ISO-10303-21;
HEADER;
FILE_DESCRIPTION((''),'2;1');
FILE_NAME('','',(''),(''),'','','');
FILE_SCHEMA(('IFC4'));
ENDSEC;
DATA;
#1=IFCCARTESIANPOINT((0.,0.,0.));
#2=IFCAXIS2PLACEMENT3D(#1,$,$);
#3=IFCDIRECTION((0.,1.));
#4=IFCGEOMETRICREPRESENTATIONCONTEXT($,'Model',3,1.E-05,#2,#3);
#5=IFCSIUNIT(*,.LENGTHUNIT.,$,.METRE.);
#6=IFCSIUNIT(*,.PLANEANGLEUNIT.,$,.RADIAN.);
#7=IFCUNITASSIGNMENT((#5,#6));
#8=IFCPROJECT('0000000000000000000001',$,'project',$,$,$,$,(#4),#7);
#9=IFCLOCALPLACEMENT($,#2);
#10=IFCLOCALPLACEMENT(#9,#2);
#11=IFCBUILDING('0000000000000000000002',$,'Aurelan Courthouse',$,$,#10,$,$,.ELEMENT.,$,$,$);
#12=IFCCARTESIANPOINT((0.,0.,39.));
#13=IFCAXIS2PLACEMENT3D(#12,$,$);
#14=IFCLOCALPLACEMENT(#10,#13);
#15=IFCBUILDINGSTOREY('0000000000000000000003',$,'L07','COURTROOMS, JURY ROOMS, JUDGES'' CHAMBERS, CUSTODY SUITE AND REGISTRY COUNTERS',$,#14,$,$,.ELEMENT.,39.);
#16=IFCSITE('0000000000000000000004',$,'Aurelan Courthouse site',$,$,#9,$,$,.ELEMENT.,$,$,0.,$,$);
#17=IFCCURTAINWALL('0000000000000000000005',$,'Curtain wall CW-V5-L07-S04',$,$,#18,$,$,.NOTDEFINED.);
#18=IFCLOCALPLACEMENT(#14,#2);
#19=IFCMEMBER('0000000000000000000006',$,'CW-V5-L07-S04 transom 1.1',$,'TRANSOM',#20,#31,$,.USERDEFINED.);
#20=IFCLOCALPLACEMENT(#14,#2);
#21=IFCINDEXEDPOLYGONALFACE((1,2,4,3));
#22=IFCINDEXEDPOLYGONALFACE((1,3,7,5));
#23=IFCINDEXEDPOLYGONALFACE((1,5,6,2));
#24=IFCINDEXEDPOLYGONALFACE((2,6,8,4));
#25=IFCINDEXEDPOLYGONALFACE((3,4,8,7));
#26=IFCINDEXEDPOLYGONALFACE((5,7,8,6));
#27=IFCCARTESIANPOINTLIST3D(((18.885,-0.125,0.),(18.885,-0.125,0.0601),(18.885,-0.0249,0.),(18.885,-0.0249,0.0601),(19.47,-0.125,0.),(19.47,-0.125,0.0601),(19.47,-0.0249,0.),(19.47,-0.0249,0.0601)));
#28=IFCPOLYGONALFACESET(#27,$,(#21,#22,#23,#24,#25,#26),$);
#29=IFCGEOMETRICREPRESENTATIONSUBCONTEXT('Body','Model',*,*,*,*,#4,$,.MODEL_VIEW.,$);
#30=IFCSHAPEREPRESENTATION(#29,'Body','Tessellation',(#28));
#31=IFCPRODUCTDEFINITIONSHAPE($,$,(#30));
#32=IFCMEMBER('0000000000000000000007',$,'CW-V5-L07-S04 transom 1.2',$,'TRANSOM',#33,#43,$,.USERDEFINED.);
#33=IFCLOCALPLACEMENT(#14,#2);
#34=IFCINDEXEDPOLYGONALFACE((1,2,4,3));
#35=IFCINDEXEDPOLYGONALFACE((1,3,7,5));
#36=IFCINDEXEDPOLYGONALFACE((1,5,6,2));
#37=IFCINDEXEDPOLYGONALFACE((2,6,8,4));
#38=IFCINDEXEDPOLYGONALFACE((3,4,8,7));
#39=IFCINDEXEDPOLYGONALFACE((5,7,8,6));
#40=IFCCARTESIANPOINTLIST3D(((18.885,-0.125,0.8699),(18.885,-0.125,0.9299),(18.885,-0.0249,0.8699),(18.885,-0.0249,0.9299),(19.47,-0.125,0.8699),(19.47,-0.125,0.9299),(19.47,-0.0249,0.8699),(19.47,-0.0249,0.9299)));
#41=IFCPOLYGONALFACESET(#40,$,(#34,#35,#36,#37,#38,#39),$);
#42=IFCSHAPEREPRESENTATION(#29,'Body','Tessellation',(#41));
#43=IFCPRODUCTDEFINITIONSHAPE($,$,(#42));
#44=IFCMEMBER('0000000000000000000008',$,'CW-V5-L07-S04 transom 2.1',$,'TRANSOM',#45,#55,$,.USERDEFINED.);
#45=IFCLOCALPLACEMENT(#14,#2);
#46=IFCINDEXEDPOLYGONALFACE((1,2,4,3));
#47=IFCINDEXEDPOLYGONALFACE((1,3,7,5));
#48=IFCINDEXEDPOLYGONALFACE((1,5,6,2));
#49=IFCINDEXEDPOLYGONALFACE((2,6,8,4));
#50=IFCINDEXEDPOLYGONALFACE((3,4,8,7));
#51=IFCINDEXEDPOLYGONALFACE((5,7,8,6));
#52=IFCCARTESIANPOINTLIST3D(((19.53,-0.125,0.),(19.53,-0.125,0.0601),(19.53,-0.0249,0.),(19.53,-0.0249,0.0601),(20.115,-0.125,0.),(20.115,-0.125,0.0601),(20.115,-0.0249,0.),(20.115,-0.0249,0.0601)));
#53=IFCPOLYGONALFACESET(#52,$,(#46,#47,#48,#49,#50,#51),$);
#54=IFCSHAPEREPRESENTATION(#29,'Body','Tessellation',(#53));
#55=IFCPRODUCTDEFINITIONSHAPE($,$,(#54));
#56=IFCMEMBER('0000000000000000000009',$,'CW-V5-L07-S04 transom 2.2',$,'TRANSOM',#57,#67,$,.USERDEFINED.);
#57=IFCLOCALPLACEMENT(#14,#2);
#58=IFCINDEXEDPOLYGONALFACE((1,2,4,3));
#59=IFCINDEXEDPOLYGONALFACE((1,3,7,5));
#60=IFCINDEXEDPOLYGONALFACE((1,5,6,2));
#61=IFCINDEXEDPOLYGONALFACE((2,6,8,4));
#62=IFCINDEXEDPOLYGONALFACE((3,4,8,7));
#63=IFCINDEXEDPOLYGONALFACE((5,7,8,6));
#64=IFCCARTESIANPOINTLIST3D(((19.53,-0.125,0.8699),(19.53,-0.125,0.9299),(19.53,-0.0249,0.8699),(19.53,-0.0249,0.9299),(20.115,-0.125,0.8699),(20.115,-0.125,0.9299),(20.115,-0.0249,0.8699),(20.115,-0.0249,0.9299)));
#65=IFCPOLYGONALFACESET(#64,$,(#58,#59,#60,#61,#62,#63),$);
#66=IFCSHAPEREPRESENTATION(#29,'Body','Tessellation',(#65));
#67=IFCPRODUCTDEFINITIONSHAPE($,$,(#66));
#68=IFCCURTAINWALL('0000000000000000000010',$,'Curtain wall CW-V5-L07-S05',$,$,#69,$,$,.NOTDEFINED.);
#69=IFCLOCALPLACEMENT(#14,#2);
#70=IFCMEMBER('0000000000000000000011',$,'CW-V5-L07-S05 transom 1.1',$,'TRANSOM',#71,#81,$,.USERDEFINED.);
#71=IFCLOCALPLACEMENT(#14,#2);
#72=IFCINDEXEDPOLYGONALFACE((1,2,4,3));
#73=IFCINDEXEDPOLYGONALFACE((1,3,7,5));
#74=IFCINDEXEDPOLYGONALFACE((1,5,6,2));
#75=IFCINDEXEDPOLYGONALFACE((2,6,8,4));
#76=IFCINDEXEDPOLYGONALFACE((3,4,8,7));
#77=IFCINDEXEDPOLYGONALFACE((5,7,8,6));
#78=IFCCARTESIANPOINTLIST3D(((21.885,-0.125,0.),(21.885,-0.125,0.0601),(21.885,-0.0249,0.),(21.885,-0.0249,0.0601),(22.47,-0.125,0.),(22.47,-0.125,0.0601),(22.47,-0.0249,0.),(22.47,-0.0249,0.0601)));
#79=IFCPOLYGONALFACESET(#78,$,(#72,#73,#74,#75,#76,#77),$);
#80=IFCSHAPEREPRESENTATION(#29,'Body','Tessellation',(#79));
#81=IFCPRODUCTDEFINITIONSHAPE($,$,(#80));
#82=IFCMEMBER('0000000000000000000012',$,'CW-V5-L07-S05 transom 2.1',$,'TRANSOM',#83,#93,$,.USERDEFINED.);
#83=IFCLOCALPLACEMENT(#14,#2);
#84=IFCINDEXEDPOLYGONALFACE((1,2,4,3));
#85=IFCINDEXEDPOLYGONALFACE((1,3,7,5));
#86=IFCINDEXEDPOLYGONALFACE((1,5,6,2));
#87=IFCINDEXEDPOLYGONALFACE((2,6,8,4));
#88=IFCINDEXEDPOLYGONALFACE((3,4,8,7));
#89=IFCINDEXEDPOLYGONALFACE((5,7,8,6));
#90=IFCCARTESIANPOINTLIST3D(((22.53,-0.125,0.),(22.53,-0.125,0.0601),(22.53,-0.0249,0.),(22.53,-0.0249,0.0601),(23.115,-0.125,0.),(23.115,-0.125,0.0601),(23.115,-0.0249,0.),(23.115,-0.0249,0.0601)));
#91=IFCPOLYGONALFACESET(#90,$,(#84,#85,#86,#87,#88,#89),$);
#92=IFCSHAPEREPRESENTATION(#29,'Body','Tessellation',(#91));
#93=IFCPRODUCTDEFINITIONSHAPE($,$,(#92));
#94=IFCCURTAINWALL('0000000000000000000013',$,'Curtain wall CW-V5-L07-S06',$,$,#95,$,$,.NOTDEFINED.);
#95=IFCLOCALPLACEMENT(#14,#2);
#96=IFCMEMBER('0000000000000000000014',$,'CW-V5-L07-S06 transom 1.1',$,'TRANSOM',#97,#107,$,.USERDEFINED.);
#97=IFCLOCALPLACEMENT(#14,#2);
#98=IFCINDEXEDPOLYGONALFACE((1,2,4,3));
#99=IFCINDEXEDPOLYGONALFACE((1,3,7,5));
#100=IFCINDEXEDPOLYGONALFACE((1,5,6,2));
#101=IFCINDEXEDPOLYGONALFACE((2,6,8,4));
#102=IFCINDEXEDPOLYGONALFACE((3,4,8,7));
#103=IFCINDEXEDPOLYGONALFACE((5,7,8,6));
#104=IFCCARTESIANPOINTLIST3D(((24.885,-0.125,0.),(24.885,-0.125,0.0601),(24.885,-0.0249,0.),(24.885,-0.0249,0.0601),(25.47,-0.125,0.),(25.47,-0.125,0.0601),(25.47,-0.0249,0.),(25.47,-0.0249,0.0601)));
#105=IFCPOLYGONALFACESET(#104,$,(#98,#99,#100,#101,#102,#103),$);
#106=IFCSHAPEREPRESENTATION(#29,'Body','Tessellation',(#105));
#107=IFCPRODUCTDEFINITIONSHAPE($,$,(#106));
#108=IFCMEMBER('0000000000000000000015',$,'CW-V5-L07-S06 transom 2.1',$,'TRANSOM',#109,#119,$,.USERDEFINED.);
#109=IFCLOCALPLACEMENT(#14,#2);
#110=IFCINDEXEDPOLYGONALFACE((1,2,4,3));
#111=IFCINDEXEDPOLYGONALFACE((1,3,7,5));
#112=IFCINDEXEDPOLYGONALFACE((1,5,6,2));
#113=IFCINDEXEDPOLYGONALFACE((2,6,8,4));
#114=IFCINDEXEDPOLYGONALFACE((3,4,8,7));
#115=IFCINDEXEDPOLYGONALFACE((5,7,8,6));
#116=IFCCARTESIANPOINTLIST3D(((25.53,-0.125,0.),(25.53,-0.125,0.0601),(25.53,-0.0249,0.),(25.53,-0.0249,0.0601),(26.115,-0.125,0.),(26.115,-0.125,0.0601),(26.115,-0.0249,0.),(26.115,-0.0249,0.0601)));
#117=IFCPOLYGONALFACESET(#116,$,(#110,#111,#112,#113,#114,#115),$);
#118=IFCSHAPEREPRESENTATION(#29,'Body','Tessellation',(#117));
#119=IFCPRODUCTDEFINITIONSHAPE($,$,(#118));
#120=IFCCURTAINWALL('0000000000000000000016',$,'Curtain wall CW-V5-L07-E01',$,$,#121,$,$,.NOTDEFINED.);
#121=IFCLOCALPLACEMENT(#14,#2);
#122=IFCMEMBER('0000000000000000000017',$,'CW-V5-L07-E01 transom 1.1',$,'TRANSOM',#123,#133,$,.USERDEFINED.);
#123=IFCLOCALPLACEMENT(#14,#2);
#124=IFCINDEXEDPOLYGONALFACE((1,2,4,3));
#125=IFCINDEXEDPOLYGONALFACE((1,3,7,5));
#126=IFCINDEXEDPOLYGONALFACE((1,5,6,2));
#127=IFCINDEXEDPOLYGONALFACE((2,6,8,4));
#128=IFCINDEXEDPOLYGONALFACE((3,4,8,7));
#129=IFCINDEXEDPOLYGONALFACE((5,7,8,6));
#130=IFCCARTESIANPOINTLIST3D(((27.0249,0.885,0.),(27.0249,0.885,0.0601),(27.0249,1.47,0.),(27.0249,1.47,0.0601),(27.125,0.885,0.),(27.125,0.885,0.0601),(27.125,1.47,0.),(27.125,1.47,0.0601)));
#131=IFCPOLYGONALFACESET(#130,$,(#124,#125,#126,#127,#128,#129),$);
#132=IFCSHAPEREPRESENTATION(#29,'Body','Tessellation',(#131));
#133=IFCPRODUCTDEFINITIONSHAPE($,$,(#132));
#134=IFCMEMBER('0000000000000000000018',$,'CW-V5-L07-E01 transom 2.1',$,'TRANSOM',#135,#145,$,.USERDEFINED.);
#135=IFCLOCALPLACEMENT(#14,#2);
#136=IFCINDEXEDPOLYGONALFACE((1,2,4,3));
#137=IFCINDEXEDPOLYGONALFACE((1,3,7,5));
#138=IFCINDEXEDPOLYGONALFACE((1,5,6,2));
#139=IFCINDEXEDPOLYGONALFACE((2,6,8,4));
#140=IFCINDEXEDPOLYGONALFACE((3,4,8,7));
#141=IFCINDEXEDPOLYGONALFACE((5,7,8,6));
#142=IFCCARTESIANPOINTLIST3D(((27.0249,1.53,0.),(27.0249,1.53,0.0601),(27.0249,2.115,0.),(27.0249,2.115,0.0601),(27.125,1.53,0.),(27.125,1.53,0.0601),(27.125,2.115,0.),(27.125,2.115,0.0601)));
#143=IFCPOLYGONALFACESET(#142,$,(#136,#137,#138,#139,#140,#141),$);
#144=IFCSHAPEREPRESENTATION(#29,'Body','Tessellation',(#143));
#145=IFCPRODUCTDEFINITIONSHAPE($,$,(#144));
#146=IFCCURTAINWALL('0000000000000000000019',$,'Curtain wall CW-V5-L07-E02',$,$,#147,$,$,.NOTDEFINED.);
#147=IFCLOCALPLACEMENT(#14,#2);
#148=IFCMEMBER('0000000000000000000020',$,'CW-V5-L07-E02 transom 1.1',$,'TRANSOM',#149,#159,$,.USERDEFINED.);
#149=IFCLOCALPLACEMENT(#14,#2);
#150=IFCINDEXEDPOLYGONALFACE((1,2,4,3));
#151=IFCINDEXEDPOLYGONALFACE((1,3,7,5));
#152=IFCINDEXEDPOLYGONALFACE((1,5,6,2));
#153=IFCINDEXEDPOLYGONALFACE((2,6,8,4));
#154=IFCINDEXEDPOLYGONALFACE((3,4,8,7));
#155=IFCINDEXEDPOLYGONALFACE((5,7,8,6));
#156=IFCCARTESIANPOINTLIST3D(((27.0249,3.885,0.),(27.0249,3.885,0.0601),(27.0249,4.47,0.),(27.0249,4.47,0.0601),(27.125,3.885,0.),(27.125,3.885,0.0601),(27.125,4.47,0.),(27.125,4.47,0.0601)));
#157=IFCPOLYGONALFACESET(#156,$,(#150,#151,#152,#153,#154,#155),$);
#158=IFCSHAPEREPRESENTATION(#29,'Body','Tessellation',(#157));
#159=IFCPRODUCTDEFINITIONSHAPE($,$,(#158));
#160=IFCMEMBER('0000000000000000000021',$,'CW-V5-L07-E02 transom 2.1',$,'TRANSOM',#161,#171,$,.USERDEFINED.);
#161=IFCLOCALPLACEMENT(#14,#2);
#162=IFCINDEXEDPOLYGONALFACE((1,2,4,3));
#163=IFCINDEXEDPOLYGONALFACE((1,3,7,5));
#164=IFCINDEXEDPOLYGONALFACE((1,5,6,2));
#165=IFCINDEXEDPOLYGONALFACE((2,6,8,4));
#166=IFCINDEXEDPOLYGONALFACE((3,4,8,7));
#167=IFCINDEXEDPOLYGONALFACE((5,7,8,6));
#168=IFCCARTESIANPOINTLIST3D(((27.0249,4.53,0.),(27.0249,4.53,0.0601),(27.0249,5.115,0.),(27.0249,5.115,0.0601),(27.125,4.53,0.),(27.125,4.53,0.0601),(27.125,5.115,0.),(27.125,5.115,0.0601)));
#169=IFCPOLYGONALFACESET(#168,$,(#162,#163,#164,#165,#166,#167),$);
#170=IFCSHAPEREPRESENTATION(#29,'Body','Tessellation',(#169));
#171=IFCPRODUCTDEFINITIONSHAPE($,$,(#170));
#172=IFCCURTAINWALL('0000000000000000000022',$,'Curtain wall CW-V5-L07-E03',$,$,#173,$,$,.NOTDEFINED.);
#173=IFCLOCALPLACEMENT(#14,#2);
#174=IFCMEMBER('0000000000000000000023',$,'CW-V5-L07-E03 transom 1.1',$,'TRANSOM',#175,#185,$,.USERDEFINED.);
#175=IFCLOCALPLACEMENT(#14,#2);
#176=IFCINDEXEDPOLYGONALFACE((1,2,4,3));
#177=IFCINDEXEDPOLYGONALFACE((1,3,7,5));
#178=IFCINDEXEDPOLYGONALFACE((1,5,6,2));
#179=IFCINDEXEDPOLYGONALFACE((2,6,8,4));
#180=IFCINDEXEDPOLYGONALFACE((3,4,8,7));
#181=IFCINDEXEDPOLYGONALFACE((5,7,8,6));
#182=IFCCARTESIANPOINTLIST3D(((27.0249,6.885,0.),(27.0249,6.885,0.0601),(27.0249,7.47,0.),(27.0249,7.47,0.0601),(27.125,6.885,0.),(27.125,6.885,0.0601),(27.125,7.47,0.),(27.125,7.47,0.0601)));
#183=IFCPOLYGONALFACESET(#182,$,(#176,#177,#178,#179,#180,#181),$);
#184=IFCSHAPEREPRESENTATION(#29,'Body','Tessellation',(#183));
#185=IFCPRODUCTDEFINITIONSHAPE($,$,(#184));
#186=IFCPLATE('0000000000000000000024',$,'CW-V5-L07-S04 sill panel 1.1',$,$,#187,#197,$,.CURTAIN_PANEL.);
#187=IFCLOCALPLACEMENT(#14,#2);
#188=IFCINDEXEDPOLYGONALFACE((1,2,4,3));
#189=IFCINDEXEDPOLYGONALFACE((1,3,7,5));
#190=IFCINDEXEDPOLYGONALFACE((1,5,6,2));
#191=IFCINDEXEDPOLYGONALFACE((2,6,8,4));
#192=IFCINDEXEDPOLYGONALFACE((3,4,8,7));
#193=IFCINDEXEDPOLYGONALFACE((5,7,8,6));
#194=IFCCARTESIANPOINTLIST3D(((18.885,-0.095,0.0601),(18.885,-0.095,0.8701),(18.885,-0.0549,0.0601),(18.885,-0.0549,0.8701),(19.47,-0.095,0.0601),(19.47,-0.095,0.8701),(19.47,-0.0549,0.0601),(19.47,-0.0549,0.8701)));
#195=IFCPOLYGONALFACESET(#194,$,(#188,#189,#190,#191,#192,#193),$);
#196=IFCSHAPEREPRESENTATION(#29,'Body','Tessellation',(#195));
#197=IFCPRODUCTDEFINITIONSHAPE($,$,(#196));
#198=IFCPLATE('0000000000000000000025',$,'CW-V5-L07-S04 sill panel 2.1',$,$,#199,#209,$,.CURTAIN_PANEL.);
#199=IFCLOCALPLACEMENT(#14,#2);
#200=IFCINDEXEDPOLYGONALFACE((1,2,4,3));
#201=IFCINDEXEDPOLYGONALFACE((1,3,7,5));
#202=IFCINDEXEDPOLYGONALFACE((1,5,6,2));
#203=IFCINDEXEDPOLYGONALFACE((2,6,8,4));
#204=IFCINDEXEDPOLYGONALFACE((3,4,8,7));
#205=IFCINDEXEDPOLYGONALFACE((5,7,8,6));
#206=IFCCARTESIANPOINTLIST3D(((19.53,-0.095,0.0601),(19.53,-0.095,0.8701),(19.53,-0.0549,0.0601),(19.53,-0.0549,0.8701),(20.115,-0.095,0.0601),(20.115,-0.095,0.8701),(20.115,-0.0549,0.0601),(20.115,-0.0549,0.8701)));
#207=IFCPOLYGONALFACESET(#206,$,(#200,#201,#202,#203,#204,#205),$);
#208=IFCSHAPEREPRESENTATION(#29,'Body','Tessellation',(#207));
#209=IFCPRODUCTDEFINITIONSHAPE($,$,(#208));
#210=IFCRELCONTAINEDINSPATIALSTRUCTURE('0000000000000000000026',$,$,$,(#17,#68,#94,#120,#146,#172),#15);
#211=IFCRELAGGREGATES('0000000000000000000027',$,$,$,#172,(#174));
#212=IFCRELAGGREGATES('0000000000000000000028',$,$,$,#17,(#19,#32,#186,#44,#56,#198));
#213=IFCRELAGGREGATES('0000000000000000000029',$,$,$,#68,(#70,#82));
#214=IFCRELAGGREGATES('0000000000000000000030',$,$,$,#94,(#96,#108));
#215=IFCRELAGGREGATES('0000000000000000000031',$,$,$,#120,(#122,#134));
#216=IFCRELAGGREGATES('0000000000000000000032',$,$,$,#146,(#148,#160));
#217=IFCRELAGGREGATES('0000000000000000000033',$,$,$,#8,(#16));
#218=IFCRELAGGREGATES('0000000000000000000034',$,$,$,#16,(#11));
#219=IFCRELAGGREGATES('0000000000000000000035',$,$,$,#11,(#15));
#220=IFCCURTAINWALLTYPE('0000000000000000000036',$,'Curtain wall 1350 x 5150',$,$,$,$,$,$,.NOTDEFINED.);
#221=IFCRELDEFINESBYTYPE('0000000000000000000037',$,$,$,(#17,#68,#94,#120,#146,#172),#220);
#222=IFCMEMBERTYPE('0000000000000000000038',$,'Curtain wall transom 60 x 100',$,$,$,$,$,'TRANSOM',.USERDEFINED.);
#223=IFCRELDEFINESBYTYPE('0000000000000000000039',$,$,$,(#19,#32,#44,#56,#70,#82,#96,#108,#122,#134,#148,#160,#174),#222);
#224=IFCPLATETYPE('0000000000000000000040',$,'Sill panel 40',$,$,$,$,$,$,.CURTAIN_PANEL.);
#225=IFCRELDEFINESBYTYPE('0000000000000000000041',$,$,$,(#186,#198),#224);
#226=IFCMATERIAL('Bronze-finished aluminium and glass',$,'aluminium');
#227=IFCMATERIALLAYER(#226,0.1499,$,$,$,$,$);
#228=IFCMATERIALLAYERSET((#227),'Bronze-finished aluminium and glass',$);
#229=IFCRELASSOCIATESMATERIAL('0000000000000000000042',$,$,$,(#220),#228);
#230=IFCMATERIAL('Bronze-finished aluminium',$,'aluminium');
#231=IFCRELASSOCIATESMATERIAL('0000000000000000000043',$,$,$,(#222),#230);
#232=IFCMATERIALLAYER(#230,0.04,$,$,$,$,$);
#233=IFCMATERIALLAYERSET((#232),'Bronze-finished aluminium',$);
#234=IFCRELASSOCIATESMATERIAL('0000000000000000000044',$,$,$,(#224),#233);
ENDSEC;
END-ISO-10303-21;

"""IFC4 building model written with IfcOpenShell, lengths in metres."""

from ifc_helpers import new_model, si_unit, direction, frame, origin, origin_2d, place, context, subcontext, project, spatial, rectangle, extrude, material, layer, layer_set, material_profile, profile_set, type_object, element, aggregate, save


model = new_model("IFC4")

# Units and contexts
model_context = context("Model", 3, precision=1e-05, world=origin(), true_north=direction((0.0, 1.0)))
body_context = subcontext(model_context, "Body", "Model", "MODEL_VIEW")
ifc_project = project(units=[si_unit("LENGTHUNIT", "METRE"), si_unit("PLANEANGLEUNIT", "RADIAN")], contexts=[model_context])

# Site, building, storey
site_placement = place(None, origin())
site = spatial("IfcSite", under=ifc_project, at=site_placement, Name="Aurelan Courthouse site", CompositionType="ELEMENT", RefElevation=0.0)
building_placement = place(site_placement, origin())
building = spatial("IfcBuilding", under=site, at=building_placement, Name="Aurelan Courthouse", CompositionType="ELEMENT")
storey_placement = place(building_placement, frame((0.0, 0.0, 39.0)))
storey = spatial("IfcBuildingStorey", under=building, at=storey_placement, Name="L07", Description="COURTROOMS, JURY ROOMS, JUDGES' CHAMBERS, CUSTODY SUITE AND REGISTRY COUNTERS", CompositionType="ELEMENT", Elevation=39.0)

# Curtain walls, members
ifc_material_1 = material(Name="Bronze-finished aluminium and glass", Category="aluminium")
ifc_layer_1 = layer(ifc_material_1, 0.1499)
ifc_layer_set_1 = layer_set([ifc_layer_1], Name="Bronze-finished aluminium and glass")
curtain_wall_type = type_object("IfcCurtainWallType", Name="Curtain wall 1350 x 5150", PredefinedType="NOTDEFINED", material=ifc_layer_set_1)
curtain_wall_1_placement = place(storey_placement, origin())
curtain_wall_1 = element("IfcCurtainWall", 1, at=curtain_wall_1_placement, inside=storey, type_object=curtain_wall_type, Name="Curtain wall CW-V5-L07-S04", PredefinedType="NOTDEFINED")
ifc_material_2 = material(Name="Bronze-finished aluminium", Category="aluminium")
ifc_material_profile = material_profile(ifc_material_2, rectangle(XDim=0.1001, YDim=0.0601, at=origin_2d()), Name="Bronze transom 60 x 100")
ifc_profile_set = profile_set([ifc_material_profile], Name="Bronze-finished aluminium")
member_type = type_object("IfcMemberType", Name="Curtain wall transom 60 x 100", ElementType="TRANSOM", PredefinedType="USERDEFINED", material=ifc_profile_set)
member_1_placement = place(storey_placement, frame((18.885, -0.075, 0.03), z_axis=(1.0, 0.0, 0.0), x_axis=(0.0, 1.0, 0.0)))
member_1 = element("IfcMember", 2, at=member_1_placement, type_object=member_type, Name="CW-V5-L07-S04 transom 1.1", ObjectType="TRANSOM", PredefinedType="USERDEFINED", context=body_context, shape_type="SweptSolid", body=[
    extrude(rectangle(XDim=0.1001, YDim=0.0601, at=origin_2d()), origin(), (0.0, 0.0, 1.0), 0.585),
])
member_2_placement = place(storey_placement, frame((18.885, -0.075, 0.8999), z_axis=(1.0, 0.0, 0.0), x_axis=(0.0, 1.0, 0.0)))
member_2 = element("IfcMember", 3, at=member_2_placement, type_object=member_type, Name="CW-V5-L07-S04 transom 1.2", ObjectType="TRANSOM", PredefinedType="USERDEFINED", context=body_context, shape_type="SweptSolid", body=[
    extrude(rectangle(XDim=0.1001, YDim=0.0601, at=origin_2d()), origin(), (0.0, 0.0, 1.0), 0.585),
])
member_3_placement = place(storey_placement, frame((19.53, -0.075, 0.03), z_axis=(1.0, 0.0, 0.0), x_axis=(0.0, 1.0, 0.0)))
member_3 = element("IfcMember", 4, at=member_3_placement, type_object=member_type, Name="CW-V5-L07-S04 transom 2.1", ObjectType="TRANSOM", PredefinedType="USERDEFINED", context=body_context, shape_type="SweptSolid", body=[
    extrude(rectangle(XDim=0.1001, YDim=0.0601, at=origin_2d()), origin(), (0.0, 0.0, 1.0), 0.585),
])
member_4_placement = place(storey_placement, frame((19.53, -0.075, 0.8999), z_axis=(1.0, 0.0, 0.0), x_axis=(0.0, 1.0, 0.0)))
member_4 = element("IfcMember", 5, at=member_4_placement, type_object=member_type, Name="CW-V5-L07-S04 transom 2.2", ObjectType="TRANSOM", PredefinedType="USERDEFINED", context=body_context, shape_type="SweptSolid", body=[
    extrude(rectangle(XDim=0.1001, YDim=0.0601, at=origin_2d()), origin(), (0.0, 0.0, 1.0), 0.585),
])
curtain_wall_2_placement = place(storey_placement, origin())
curtain_wall_2 = element("IfcCurtainWall", 6, at=curtain_wall_2_placement, inside=storey, type_object=curtain_wall_type, Name="Curtain wall CW-V5-L07-S05", PredefinedType="NOTDEFINED")
member_5_placement = place(storey_placement, frame((21.885, -0.075, 0.03), z_axis=(1.0, 0.0, 0.0), x_axis=(0.0, 1.0, 0.0)))
member_5 = element("IfcMember", 7, at=member_5_placement, type_object=member_type, Name="CW-V5-L07-S05 transom 1.1", ObjectType="TRANSOM", PredefinedType="USERDEFINED", context=body_context, shape_type="SweptSolid", body=[
    extrude(rectangle(XDim=0.1001, YDim=0.0601, at=origin_2d()), origin(), (0.0, 0.0, 1.0), 0.585),
])
member_6_placement = place(storey_placement, frame((22.53, -0.075, 0.03), z_axis=(1.0, 0.0, 0.0), x_axis=(0.0, 1.0, 0.0)))
member_6 = element("IfcMember", 8, at=member_6_placement, type_object=member_type, Name="CW-V5-L07-S05 transom 2.1", ObjectType="TRANSOM", PredefinedType="USERDEFINED", context=body_context, shape_type="SweptSolid", body=[
    extrude(rectangle(XDim=0.1001, YDim=0.0601, at=origin_2d()), origin(), (0.0, 0.0, 1.0), 0.585),
])
curtain_wall_3_placement = place(storey_placement, origin())
curtain_wall_3 = element("IfcCurtainWall", 9, at=curtain_wall_3_placement, inside=storey, type_object=curtain_wall_type, Name="Curtain wall CW-V5-L07-S06", PredefinedType="NOTDEFINED")
member_7_placement = place(storey_placement, frame((24.885, -0.075, 0.03), z_axis=(1.0, 0.0, 0.0), x_axis=(0.0, 1.0, 0.0)))
member_7 = element("IfcMember", 10, at=member_7_placement, type_object=member_type, Name="CW-V5-L07-S06 transom 1.1", ObjectType="TRANSOM", PredefinedType="USERDEFINED", context=body_context, shape_type="SweptSolid", body=[
    extrude(rectangle(XDim=0.1001, YDim=0.0601, at=origin_2d()), origin(), (0.0, 0.0, 1.0), 0.585),
])
member_8_placement = place(storey_placement, frame((25.53, -0.075, 0.03), z_axis=(1.0, 0.0, 0.0), x_axis=(0.0, 1.0, 0.0)))
member_8 = element("IfcMember", 11, at=member_8_placement, type_object=member_type, Name="CW-V5-L07-S06 transom 2.1", ObjectType="TRANSOM", PredefinedType="USERDEFINED", context=body_context, shape_type="SweptSolid", body=[
    extrude(rectangle(XDim=0.1001, YDim=0.0601, at=origin_2d()), origin(), (0.0, 0.0, 1.0), 0.585),
])
curtain_wall_4_placement = place(storey_placement, origin())
curtain_wall_4 = element("IfcCurtainWall", 12, at=curtain_wall_4_placement, inside=storey, type_object=curtain_wall_type, Name="Curtain wall CW-V5-L07-E01", PredefinedType="NOTDEFINED")
member_9_placement = place(storey_placement, frame((27.075, 0.885, 0.03), z_axis=(0.0, 1.0, 0.0), x_axis=(-1.0, 0.0, 0.0)))
member_9 = element("IfcMember", 13, at=member_9_placement, type_object=member_type, Name="CW-V5-L07-E01 transom 1.1", ObjectType="TRANSOM", PredefinedType="USERDEFINED", context=body_context, shape_type="SweptSolid", body=[
    extrude(rectangle(XDim=0.1001, YDim=0.0601, at=origin_2d()), origin(), (0.0, 0.0, 1.0), 0.585),
])
member_10_placement = place(storey_placement, frame((27.075, 1.53, 0.03), z_axis=(0.0, 1.0, 0.0), x_axis=(-1.0, 0.0, 0.0)))
member_10 = element("IfcMember", 14, at=member_10_placement, type_object=member_type, Name="CW-V5-L07-E01 transom 2.1", ObjectType="TRANSOM", PredefinedType="USERDEFINED", context=body_context, shape_type="SweptSolid", body=[
    extrude(rectangle(XDim=0.1001, YDim=0.0601, at=origin_2d()), origin(), (0.0, 0.0, 1.0), 0.585),
])
curtain_wall_5_placement = place(storey_placement, origin())
curtain_wall_5 = element("IfcCurtainWall", 15, at=curtain_wall_5_placement, inside=storey, type_object=curtain_wall_type, Name="Curtain wall CW-V5-L07-E02", PredefinedType="NOTDEFINED")
member_11_placement = place(storey_placement, frame((27.075, 3.885, 0.03), z_axis=(0.0, 1.0, 0.0), x_axis=(-1.0, 0.0, 0.0)))
member_11 = element("IfcMember", 16, at=member_11_placement, type_object=member_type, Name="CW-V5-L07-E02 transom 1.1", ObjectType="TRANSOM", PredefinedType="USERDEFINED", context=body_context, shape_type="SweptSolid", body=[
    extrude(rectangle(XDim=0.1001, YDim=0.0601, at=origin_2d()), origin(), (0.0, 0.0, 1.0), 0.585),
])
member_12_placement = place(storey_placement, frame((27.075, 4.53, 0.03), z_axis=(0.0, 1.0, 0.0), x_axis=(-1.0, 0.0, 0.0)))
member_12 = element("IfcMember", 17, at=member_12_placement, type_object=member_type, Name="CW-V5-L07-E02 transom 2.1", ObjectType="TRANSOM", PredefinedType="USERDEFINED", context=body_context, shape_type="SweptSolid", body=[
    extrude(rectangle(XDim=0.1001, YDim=0.0601, at=origin_2d()), origin(), (0.0, 0.0, 1.0), 0.585),
])

# Curtain wall, member
curtain_wall_6_placement = place(storey_placement, origin())
curtain_wall_6 = element("IfcCurtainWall", 18, at=curtain_wall_6_placement, inside=storey, type_object=curtain_wall_type, Name="Curtain wall CW-V5-L07-E03", PredefinedType="NOTDEFINED")
member_13_placement = place(storey_placement, frame((27.075, 6.885, 0.03), z_axis=(0.0, 1.0, 0.0), x_axis=(-1.0, 0.0, 0.0)))
member_13 = element("IfcMember", 19, at=member_13_placement, type_object=member_type, Name="CW-V5-L07-E03 transom 1.1", ObjectType="TRANSOM", PredefinedType="USERDEFINED", context=body_context, shape_type="SweptSolid", body=[
    extrude(rectangle(XDim=0.1001, YDim=0.0601, at=origin_2d()), origin(), (0.0, 0.0, 1.0), 0.585),
])
aggregate(curtain_wall_6, [member_13])

# Plates
ifc_layer_2 = layer(ifc_material_2, 0.04)
ifc_layer_set_2 = layer_set([ifc_layer_2], Name="Bronze-finished aluminium")
plate_type = type_object("IfcPlateType", Name="Sill panel 40", PredefinedType="CURTAIN_PANEL", material=ifc_layer_set_2)
plate_1_placement = place(storey_placement, frame((19.1775, -0.075, 0.0601), z_axis=(0.0, 0.0, 1.0), x_axis=(1.0, 0.0, 0.0)))
plate_1 = element("IfcPlate", 20, at=plate_1_placement, type_object=plate_type, Name="CW-V5-L07-S04 sill panel 1.1", PredefinedType="CURTAIN_PANEL", context=body_context, shape_type="SweptSolid", body=[
    extrude(rectangle(XDim=0.585, YDim=0.04, at=origin_2d()), origin(), (0.0, 0.0, 1.0), 0.8101),
])
plate_2_placement = place(storey_placement, frame((19.8225, -0.075, 0.0601), z_axis=(0.0, 0.0, 1.0), x_axis=(1.0, 0.0, 0.0)))
plate_2 = element("IfcPlate", 21, at=plate_2_placement, type_object=plate_type, Name="CW-V5-L07-S04 sill panel 2.1", PredefinedType="CURTAIN_PANEL", context=body_context, shape_type="SweptSolid", body=[
    extrude(rectangle(XDim=0.585, YDim=0.04, at=origin_2d()), origin(), (0.0, 0.0, 1.0), 0.8101),
])
aggregate(curtain_wall_1, [member_1, member_2, plate_1, member_3, member_4, plate_2])
aggregate(curtain_wall_2, [member_5, member_6])
aggregate(curtain_wall_3, [member_7, member_8])
aggregate(curtain_wall_4, [member_9, member_10])
aggregate(curtain_wall_5, [member_11, member_12])

save(model, "model.ifc")
